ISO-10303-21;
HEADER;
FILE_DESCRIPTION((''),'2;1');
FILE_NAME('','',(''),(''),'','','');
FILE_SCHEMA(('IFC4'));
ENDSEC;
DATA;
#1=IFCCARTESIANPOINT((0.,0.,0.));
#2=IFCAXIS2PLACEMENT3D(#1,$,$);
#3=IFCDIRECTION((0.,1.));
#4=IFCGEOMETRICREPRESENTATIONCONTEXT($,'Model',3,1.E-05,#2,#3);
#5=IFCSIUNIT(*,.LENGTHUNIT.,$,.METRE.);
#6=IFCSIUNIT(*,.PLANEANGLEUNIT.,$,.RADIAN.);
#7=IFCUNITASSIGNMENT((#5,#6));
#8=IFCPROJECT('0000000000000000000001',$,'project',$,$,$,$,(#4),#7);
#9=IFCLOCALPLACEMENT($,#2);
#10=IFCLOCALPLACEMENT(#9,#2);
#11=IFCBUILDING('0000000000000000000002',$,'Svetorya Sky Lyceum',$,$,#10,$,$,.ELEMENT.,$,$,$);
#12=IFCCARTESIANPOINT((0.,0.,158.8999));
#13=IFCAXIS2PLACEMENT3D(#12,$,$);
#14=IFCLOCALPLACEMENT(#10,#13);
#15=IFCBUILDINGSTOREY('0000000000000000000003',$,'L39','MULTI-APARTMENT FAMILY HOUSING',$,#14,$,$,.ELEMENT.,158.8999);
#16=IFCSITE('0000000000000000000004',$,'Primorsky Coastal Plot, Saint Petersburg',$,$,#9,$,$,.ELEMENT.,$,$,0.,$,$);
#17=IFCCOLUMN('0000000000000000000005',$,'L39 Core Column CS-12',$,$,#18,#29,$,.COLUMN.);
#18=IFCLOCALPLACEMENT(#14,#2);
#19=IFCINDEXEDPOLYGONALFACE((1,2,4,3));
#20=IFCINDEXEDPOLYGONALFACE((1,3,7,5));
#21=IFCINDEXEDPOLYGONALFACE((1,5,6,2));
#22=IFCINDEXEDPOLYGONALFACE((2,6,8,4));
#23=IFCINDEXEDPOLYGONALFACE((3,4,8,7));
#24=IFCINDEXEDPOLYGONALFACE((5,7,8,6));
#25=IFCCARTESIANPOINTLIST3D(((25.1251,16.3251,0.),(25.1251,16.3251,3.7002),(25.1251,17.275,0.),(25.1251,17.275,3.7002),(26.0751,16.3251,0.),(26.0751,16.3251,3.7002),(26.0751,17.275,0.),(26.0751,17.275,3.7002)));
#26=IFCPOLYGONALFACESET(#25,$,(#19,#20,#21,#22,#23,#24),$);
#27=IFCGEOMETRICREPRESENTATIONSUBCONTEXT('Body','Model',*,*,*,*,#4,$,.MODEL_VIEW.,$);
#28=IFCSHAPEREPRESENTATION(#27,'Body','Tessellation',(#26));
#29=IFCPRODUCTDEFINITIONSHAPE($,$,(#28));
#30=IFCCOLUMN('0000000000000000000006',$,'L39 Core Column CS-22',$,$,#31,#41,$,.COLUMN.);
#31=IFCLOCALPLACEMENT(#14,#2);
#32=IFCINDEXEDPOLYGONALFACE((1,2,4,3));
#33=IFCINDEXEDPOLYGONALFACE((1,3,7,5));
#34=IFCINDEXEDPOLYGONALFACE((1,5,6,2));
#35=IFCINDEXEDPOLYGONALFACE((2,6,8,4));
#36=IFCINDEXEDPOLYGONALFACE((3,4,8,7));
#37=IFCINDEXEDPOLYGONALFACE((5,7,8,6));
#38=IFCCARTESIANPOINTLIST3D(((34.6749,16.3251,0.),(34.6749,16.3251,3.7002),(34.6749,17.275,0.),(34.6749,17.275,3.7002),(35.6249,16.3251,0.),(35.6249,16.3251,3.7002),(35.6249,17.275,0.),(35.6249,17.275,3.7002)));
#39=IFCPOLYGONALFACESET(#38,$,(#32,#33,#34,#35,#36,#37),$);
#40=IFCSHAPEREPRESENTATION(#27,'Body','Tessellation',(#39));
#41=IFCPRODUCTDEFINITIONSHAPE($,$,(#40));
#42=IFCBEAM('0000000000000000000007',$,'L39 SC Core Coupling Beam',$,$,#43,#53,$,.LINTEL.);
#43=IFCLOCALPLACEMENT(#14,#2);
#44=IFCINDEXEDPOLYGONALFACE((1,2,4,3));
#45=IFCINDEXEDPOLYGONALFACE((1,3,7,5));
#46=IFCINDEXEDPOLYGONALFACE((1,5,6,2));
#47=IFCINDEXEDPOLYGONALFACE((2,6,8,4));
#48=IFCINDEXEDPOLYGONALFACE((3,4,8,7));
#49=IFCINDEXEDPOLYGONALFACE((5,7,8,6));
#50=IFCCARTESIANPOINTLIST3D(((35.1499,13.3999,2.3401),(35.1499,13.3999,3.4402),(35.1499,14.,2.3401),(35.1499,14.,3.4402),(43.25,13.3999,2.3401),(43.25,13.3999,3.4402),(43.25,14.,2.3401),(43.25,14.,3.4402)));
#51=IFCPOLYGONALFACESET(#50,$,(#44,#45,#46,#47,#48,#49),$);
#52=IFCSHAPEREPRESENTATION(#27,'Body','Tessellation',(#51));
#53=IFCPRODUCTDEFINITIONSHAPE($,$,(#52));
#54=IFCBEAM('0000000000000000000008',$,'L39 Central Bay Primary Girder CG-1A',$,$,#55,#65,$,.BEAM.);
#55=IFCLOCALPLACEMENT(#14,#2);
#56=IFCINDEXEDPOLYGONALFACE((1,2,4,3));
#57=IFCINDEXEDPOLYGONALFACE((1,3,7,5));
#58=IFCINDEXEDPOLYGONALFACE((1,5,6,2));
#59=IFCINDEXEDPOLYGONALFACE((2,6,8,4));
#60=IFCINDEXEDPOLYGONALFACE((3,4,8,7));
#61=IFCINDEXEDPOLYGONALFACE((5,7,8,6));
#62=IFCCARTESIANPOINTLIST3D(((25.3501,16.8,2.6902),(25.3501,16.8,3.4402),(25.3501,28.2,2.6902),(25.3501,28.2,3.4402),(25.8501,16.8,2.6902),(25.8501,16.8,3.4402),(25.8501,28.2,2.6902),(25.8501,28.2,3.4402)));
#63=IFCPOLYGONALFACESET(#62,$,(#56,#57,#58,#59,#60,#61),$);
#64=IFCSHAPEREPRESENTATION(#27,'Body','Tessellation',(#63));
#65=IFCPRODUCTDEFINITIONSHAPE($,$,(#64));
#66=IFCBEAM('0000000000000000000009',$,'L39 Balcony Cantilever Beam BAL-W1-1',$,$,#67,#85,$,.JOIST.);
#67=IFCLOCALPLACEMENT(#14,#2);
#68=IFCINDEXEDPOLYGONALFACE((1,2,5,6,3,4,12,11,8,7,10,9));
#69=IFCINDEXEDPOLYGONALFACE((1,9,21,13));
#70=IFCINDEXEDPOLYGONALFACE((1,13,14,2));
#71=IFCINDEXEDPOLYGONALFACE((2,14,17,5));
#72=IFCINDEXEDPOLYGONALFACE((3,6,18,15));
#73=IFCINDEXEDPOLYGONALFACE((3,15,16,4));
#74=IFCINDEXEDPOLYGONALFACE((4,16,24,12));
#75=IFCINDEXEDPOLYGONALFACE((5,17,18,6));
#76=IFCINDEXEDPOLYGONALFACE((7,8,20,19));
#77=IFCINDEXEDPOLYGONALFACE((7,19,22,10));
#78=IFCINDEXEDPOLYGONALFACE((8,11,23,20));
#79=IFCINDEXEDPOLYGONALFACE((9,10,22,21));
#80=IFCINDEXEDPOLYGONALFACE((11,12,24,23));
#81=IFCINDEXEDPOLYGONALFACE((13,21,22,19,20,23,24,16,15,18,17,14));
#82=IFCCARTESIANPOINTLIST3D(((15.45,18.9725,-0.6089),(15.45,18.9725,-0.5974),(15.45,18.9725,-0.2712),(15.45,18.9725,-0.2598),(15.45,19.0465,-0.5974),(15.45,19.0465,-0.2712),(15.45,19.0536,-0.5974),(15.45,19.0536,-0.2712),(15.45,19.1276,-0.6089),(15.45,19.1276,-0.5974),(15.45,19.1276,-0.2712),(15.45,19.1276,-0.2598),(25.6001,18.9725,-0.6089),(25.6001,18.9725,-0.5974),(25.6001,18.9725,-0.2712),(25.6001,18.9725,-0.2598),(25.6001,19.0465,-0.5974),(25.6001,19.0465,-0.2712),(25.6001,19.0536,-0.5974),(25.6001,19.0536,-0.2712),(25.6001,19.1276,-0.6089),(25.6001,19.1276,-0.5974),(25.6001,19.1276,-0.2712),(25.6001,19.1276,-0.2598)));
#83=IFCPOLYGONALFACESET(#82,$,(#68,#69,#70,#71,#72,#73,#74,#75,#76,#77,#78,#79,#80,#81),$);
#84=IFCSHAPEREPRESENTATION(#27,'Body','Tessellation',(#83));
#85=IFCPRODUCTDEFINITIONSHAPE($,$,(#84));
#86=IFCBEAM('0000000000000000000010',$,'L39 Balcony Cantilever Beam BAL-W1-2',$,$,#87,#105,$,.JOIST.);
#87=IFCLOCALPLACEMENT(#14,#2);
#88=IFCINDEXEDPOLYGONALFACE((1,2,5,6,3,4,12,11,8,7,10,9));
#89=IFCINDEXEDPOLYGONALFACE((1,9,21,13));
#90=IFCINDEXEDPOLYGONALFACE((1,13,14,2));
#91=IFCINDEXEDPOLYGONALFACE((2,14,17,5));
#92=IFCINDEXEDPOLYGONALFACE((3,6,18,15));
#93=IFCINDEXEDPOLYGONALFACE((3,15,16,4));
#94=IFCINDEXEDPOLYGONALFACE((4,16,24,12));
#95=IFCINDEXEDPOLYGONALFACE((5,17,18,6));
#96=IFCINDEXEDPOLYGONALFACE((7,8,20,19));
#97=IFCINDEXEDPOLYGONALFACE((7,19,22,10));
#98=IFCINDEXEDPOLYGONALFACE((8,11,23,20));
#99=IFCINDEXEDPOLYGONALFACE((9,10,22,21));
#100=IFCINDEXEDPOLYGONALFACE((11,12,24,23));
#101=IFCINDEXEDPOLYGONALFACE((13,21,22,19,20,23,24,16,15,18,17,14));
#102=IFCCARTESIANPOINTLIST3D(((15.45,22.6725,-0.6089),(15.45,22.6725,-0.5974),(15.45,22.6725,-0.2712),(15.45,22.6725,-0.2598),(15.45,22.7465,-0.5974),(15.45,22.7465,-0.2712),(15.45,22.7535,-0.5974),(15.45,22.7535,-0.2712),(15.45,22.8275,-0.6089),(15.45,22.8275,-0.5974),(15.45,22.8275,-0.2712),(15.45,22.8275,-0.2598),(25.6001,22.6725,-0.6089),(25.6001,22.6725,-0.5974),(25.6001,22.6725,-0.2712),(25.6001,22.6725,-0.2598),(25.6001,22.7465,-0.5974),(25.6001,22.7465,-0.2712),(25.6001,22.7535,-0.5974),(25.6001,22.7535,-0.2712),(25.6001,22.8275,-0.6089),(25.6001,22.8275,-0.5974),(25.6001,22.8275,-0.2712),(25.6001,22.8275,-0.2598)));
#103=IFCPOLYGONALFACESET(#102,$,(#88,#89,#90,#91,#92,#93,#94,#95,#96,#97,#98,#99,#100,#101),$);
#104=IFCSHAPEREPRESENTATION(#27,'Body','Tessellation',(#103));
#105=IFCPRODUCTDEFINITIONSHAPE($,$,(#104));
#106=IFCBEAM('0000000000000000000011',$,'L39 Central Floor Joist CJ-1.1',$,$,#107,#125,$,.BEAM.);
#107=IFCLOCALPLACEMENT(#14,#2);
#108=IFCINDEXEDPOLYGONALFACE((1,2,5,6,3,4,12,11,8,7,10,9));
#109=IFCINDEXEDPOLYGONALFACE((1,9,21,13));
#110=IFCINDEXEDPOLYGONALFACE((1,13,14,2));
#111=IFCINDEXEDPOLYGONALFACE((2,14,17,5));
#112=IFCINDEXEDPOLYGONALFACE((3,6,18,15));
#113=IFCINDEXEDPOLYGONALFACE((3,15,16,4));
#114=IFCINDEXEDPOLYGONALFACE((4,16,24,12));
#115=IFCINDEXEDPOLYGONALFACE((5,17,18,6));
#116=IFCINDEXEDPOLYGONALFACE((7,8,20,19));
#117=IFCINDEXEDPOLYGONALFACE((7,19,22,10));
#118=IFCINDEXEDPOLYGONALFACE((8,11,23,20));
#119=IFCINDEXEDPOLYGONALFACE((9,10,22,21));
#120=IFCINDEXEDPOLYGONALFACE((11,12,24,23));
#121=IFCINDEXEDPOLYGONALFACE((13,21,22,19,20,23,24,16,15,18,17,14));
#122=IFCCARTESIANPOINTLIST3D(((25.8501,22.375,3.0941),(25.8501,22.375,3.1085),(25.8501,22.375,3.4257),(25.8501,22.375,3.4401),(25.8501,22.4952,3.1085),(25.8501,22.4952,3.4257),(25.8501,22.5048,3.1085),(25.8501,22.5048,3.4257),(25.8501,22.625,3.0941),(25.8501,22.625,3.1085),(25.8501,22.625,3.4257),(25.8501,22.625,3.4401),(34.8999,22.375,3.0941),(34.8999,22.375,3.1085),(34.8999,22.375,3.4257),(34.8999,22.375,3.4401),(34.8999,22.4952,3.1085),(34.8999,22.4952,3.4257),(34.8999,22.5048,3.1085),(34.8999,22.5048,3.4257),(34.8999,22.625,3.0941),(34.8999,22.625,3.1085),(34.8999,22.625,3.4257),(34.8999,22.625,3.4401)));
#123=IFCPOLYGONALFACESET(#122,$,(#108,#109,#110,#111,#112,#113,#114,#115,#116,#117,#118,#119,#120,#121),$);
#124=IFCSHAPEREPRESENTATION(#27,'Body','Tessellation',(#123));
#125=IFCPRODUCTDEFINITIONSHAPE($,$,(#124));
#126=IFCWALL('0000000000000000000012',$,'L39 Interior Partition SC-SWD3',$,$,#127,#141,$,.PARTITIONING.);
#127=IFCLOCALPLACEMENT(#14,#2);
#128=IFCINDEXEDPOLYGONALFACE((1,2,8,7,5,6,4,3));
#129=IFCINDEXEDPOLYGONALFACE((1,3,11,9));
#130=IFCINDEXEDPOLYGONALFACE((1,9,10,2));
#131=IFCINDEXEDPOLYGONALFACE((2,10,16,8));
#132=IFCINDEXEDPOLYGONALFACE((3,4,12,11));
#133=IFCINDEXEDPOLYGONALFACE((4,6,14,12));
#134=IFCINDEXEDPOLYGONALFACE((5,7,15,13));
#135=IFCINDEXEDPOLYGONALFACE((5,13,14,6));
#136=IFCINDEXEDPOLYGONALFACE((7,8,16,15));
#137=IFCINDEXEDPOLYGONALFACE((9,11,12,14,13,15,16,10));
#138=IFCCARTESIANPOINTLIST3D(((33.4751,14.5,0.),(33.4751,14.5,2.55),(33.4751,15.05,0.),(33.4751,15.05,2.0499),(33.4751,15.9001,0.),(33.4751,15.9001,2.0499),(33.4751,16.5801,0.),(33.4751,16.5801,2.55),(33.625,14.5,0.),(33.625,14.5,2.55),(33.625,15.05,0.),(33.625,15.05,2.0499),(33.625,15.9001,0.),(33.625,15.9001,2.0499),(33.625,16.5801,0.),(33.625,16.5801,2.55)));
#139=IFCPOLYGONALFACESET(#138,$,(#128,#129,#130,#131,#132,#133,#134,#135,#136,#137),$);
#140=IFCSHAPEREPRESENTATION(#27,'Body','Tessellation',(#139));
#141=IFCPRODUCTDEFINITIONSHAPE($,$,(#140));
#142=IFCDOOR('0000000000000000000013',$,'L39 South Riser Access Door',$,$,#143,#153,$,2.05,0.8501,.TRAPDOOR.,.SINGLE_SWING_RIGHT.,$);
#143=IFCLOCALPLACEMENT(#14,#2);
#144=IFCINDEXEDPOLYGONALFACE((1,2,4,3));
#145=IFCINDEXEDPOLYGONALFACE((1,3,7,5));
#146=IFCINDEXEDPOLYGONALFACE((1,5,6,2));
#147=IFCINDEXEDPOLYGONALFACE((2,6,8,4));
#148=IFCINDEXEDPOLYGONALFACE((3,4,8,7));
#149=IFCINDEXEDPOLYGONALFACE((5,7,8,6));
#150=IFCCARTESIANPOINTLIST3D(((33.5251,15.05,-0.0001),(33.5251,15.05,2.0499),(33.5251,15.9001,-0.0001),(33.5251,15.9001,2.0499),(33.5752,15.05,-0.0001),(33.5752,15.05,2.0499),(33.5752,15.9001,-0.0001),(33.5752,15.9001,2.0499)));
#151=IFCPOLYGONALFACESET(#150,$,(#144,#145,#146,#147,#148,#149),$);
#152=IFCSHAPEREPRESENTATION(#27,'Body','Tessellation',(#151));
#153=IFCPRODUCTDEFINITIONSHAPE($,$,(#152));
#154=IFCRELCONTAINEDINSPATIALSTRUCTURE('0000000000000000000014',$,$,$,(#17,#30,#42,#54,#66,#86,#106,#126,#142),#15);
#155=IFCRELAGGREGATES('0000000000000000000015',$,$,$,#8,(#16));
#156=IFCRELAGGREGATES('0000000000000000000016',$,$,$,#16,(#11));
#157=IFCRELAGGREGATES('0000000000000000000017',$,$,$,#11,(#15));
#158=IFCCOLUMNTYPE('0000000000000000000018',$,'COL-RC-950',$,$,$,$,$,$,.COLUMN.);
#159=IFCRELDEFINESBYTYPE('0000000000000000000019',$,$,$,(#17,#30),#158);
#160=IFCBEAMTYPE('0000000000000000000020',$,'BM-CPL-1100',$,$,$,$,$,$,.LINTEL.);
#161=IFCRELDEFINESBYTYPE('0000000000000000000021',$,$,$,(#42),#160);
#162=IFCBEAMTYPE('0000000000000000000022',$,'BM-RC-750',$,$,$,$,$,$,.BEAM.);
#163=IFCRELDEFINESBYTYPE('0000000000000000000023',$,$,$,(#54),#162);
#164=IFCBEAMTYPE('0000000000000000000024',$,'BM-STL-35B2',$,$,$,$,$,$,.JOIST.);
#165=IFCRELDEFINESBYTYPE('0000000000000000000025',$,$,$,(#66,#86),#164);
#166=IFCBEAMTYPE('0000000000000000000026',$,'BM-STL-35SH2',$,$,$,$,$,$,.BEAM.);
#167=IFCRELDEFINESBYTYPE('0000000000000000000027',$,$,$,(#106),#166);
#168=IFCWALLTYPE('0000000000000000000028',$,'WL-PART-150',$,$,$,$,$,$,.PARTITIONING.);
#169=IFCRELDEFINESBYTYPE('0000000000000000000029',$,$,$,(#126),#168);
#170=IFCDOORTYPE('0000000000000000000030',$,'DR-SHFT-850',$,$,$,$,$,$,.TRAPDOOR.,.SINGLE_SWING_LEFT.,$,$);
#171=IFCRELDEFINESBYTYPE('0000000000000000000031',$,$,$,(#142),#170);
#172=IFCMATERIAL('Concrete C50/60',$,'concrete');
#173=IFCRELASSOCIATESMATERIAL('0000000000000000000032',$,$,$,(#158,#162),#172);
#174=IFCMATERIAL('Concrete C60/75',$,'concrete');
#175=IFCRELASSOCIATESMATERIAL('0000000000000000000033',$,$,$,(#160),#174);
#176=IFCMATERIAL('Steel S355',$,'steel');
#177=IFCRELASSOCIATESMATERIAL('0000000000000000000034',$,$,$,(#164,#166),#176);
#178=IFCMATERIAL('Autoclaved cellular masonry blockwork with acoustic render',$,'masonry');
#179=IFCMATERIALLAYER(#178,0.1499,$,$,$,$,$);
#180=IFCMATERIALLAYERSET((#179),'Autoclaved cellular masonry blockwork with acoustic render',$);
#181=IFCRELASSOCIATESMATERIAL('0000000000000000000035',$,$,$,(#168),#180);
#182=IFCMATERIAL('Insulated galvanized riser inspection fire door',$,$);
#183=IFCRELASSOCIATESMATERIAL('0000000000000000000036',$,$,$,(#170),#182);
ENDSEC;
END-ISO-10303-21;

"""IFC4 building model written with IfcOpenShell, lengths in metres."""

from ifc_helpers import new_model, si_unit, direction, frame, frame_2d, origin, origin_2d, place, context, subcontext, project, spatial, rectangle, i_section, extrude, material, layer, layer_set, material_profile, profile_set, type_object, element, fill, save


model = new_model("IFC4")

# Units and contexts
model_context = context("Model", 3, precision=1e-05, world=origin(), true_north=direction((0.0, 1.0)))
body_context = subcontext(model_context, "Body", "Model", "MODEL_VIEW")
ifc_project = project(units=[si_unit("LENGTHUNIT", "METRE"), si_unit("PLANEANGLEUNIT", "RADIAN")], contexts=[model_context])

# Site, building, storey
site_placement = place(None, origin())
site = spatial("IfcSite", under=ifc_project, at=site_placement, Name="Primorsky Coastal Plot, Saint Petersburg", CompositionType="ELEMENT", RefElevation=0.0)
building_placement = place(site_placement, origin())
building = spatial("IfcBuilding", under=site, at=building_placement, Name="Svetorya Sky Lyceum", CompositionType="ELEMENT")
storey_placement = place(building_placement, frame((0.0, 0.0, 158.8999)))
storey = spatial("IfcBuildingStorey", under=building, at=storey_placement, Name="L39", Description="MULTI-APARTMENT FAMILY HOUSING", CompositionType="ELEMENT", Elevation=158.8999)

# Columns
ifc_material_1 = material(Name="Concrete C50/60", Category="concrete")
ifc_material_profile_1 = material_profile(ifc_material_1, rectangle(XDim=0.95, YDim=0.95, at=origin_2d()), Name="RC COL 950x950")
ifc_profile_set_1 = profile_set([ifc_material_profile_1], Name="Concrete C50/60")
column_type = type_object("IfcColumnType", Name="COL-RC-950", PredefinedType="COLUMN", material=ifc_profile_set_1)
for number, where, z_axis, x_axis, name in (
    (1, (25.6001, 16.8, 0.0), (0.0, 0.0, 1.0), (1.0, 0.0, 0.0), "L39 Core Column CS-12"),
    (2, (35.1499, 16.8, 0.0), (0.0, 0.0, 1.0), (1.0, 0.0, 0.0), "L39 Core Column CS-22"),
):
    element("IfcColumn", number, at=place(storey_placement, frame(where, z_axis=z_axis, x_axis=x_axis)), inside=storey, type_object=column_type, Name=name, PredefinedType="COLUMN", context=body_context, shape_type="SweptSolid", body=[
        extrude(rectangle(XDim=0.95, YDim=0.95, at=origin_2d()), origin(), (0.0, 0.0, 1.0), 3.7002),
    ])

# Beams
ifc_material_2 = material(Name="Concrete C60/75", Category="concrete")
ifc_material_profile_2 = material_profile(ifc_material_2, rectangle(XDim=0.6001, YDim=1.1001, at=origin_2d()), Name="RC COUPLING 600x1100")
ifc_profile_set_2 = profile_set([ifc_material_profile_2], Name="Concrete C60/75")
beam_type_1 = type_object("IfcBeamType", Name="BM-CPL-1100", PredefinedType="LINTEL", material=ifc_profile_set_2)
beam_1_placement = place(storey_placement, frame((35.1499, 13.7, 2.8901), z_axis=(1.0, 0.0, 0.0), x_axis=(0.0, 1.0, 0.0)))
element("IfcBeam", 3, at=beam_1_placement, inside=storey, type_object=beam_type_1, Name="L39 SC Core Coupling Beam", PredefinedType="LINTEL", context=body_context, shape_type="SweptSolid", body=[
    extrude(rectangle(XDim=0.6001, YDim=1.1001, at=origin_2d()), origin(), (0.0, 0.0, 1.0), 8.1001),
])
ifc_material_profile_3 = material_profile(ifc_material_1, rectangle(XDim=0.5, YDim=0.75, at=origin_2d()), Name="RC BEAM 500x750")
ifc_profile_set_3 = profile_set([ifc_material_profile_3], Name="Concrete C50/60")
beam_type_2 = type_object("IfcBeamType", Name="BM-RC-750", PredefinedType="BEAM", material=ifc_profile_set_3)
beam_2_placement = place(storey_placement, frame((25.6001, 16.8, 3.0652), z_axis=(0.0, 1.0, 0.0), x_axis=(-1.0, 0.0, 0.0)))
element("IfcBeam", 4, at=beam_2_placement, inside=storey, type_object=beam_type_2, Name="L39 Central Bay Primary Girder CG-1A", PredefinedType="BEAM", context=body_context, shape_type="SweptSolid", body=[
    extrude(rectangle(XDim=0.5, YDim=0.75, at=origin_2d()), origin(), (0.0, 0.0, 1.0), 11.3999),
])
ifc_material_3 = material(Name="Steel S355", Category="steel")
ifc_material_profile_4 = material_profile(ifc_material_3, i_section(OverallWidth=0.155, OverallDepth=0.3491, WebThickness=0.0071, FlangeThickness=0.0115, at=origin_2d()), Name="GOST 35B2")
ifc_profile_set_4 = profile_set([ifc_material_profile_4], Name="Steel S355")
beam_type_3 = type_object("IfcBeamType", Name="BM-STL-35B2", PredefinedType="JOIST", material=ifc_profile_set_4)
for number, where, z_axis, x_axis, name in (
    (5, (25.6001, 19.05, -0.4343), (-1.0, 0.0, 0.0), (0.0, -1.0, 0.0), "L39 Balcony Cantilever Beam BAL-W1-1"),
    (6, (25.6001, 22.75, -0.4343), (-1.0, 0.0, 0.0), (0.0, -1.0, 0.0), "L39 Balcony Cantilever Beam BAL-W1-2"),
):
    element("IfcBeam", number, at=place(storey_placement, frame(where, z_axis=z_axis, x_axis=x_axis)), inside=storey, type_object=beam_type_3, Name=name, PredefinedType="JOIST", context=body_context, shape_type="SweptSolid", body=[
        extrude(i_section(OverallWidth=0.155, OverallDepth=0.3491, WebThickness=0.0071, FlangeThickness=0.0115, at=origin_2d()), origin(), (0.0, 0.0, 1.0), 10.1501),
    ])
ifc_material_profile_5 = material_profile(ifc_material_3, i_section(OverallWidth=0.25, OverallDepth=0.3459, WebThickness=0.0095, FlangeThickness=0.0144, at=origin_2d()), Name="GOST 35Sh2")
ifc_profile_set_5 = profile_set([ifc_material_profile_5], Name="Steel S355")
beam_type_4 = type_object("IfcBeamType", Name="BM-STL-35SH2", PredefinedType="BEAM", material=ifc_profile_set_5)
beam_3_placement = place(storey_placement, frame((25.8501, 22.5, 3.2671), z_axis=(1.0, 0.0, 0.0), x_axis=(0.0, 1.0, 0.0)))
element("IfcBeam", 7, at=beam_3_placement, inside=storey, type_object=beam_type_4, Name="L39 Central Floor Joist CJ-1.1", PredefinedType="BEAM", context=body_context, shape_type="SweptSolid", body=[
    extrude(i_section(OverallWidth=0.25, OverallDepth=0.3459, WebThickness=0.0095, FlangeThickness=0.0144, at=origin_2d()), origin(), (0.0, 0.0, 1.0), 9.0498),
])

# Wall, opening, door
ifc_material_4 = material(Name="Autoclaved cellular masonry blockwork with acoustic render", Category="masonry")
ifc_layer_1 = layer(ifc_material_4, 0.1499)
ifc_layer_set_1 = layer_set([ifc_layer_1], Name="Autoclaved cellular masonry blockwork with acoustic render")
wall_type_1 = type_object("IfcWallType", Name="WL-PART-150", PredefinedType="PARTITIONING", material=ifc_layer_set_1)
wall_1_placement = place(storey_placement, frame((33.55, 14.5, 0.0), z_axis=(0.0, 0.0, 1.0), x_axis=(0.0, 1.0, 0.0)))
wall_1 = element("IfcWall", 8, at=wall_1_placement, inside=storey, type_object=wall_type_1, Name="L39 Interior Partition SC-SWD3", PredefinedType="PARTITIONING", context=body_context, shape_type="SweptSolid", body=[
    extrude(rectangle(XDim=2.0801, YDim=0.1499, at=frame_2d((1.04, 0.0))), origin(), (0.0, 0.0, 1.0), 2.55),
])
opening_1_placement = place(wall_1_placement, frame((0.55, 0.0, 0.0)))
opening_1 = element("IfcOpeningElement", 9, at=opening_1_placement, cuts=wall_1, PredefinedType="OPENING", context=body_context, shape_type="SweptSolid", body=[
    extrude(rectangle(XDim=0.8501, YDim=2.05, at=frame_2d((0.425, 1.0249))), frame((0.0, 0.085, 0.0), z_axis=(0.0, -1.0, 0.0), x_axis=(1.0, 0.0, 0.0)), (0.0, 0.0, 1.0), 0.1699),
])
ifc_material_5 = material(Name="Insulated galvanized riser inspection fire door")
door_type_1 = type_object("IfcDoorType", Name="DR-SHFT-850", OperationType="SINGLE_SWING_LEFT", PredefinedType="TRAPDOOR", material=ifc_material_5)
door_1_placement = place(opening_1_placement, origin())
door_1 = element("IfcDoor", 10, at=door_1_placement, inside=storey, type_object=door_type_1, Name="L39 South Riser Access Door", OperationType="SINGLE_SWING_RIGHT", OverallHeight=2.05, OverallWidth=0.8501, PredefinedType="TRAPDOOR", context=body_context, shape_type="SweptSolid", body=[
    extrude(rectangle(XDim=0.8501, YDim=2.05, at=frame_2d((0.425, 1.0249))), frame((0.0, 0.0249, 0.0), z_axis=(0.0, -1.0, 0.0), x_axis=(1.0, 0.0, 0.0)), (0.0, 0.0, 1.0), 0.05),
])
fill(opening_1, door_1)

save(model, "model.ifc")
